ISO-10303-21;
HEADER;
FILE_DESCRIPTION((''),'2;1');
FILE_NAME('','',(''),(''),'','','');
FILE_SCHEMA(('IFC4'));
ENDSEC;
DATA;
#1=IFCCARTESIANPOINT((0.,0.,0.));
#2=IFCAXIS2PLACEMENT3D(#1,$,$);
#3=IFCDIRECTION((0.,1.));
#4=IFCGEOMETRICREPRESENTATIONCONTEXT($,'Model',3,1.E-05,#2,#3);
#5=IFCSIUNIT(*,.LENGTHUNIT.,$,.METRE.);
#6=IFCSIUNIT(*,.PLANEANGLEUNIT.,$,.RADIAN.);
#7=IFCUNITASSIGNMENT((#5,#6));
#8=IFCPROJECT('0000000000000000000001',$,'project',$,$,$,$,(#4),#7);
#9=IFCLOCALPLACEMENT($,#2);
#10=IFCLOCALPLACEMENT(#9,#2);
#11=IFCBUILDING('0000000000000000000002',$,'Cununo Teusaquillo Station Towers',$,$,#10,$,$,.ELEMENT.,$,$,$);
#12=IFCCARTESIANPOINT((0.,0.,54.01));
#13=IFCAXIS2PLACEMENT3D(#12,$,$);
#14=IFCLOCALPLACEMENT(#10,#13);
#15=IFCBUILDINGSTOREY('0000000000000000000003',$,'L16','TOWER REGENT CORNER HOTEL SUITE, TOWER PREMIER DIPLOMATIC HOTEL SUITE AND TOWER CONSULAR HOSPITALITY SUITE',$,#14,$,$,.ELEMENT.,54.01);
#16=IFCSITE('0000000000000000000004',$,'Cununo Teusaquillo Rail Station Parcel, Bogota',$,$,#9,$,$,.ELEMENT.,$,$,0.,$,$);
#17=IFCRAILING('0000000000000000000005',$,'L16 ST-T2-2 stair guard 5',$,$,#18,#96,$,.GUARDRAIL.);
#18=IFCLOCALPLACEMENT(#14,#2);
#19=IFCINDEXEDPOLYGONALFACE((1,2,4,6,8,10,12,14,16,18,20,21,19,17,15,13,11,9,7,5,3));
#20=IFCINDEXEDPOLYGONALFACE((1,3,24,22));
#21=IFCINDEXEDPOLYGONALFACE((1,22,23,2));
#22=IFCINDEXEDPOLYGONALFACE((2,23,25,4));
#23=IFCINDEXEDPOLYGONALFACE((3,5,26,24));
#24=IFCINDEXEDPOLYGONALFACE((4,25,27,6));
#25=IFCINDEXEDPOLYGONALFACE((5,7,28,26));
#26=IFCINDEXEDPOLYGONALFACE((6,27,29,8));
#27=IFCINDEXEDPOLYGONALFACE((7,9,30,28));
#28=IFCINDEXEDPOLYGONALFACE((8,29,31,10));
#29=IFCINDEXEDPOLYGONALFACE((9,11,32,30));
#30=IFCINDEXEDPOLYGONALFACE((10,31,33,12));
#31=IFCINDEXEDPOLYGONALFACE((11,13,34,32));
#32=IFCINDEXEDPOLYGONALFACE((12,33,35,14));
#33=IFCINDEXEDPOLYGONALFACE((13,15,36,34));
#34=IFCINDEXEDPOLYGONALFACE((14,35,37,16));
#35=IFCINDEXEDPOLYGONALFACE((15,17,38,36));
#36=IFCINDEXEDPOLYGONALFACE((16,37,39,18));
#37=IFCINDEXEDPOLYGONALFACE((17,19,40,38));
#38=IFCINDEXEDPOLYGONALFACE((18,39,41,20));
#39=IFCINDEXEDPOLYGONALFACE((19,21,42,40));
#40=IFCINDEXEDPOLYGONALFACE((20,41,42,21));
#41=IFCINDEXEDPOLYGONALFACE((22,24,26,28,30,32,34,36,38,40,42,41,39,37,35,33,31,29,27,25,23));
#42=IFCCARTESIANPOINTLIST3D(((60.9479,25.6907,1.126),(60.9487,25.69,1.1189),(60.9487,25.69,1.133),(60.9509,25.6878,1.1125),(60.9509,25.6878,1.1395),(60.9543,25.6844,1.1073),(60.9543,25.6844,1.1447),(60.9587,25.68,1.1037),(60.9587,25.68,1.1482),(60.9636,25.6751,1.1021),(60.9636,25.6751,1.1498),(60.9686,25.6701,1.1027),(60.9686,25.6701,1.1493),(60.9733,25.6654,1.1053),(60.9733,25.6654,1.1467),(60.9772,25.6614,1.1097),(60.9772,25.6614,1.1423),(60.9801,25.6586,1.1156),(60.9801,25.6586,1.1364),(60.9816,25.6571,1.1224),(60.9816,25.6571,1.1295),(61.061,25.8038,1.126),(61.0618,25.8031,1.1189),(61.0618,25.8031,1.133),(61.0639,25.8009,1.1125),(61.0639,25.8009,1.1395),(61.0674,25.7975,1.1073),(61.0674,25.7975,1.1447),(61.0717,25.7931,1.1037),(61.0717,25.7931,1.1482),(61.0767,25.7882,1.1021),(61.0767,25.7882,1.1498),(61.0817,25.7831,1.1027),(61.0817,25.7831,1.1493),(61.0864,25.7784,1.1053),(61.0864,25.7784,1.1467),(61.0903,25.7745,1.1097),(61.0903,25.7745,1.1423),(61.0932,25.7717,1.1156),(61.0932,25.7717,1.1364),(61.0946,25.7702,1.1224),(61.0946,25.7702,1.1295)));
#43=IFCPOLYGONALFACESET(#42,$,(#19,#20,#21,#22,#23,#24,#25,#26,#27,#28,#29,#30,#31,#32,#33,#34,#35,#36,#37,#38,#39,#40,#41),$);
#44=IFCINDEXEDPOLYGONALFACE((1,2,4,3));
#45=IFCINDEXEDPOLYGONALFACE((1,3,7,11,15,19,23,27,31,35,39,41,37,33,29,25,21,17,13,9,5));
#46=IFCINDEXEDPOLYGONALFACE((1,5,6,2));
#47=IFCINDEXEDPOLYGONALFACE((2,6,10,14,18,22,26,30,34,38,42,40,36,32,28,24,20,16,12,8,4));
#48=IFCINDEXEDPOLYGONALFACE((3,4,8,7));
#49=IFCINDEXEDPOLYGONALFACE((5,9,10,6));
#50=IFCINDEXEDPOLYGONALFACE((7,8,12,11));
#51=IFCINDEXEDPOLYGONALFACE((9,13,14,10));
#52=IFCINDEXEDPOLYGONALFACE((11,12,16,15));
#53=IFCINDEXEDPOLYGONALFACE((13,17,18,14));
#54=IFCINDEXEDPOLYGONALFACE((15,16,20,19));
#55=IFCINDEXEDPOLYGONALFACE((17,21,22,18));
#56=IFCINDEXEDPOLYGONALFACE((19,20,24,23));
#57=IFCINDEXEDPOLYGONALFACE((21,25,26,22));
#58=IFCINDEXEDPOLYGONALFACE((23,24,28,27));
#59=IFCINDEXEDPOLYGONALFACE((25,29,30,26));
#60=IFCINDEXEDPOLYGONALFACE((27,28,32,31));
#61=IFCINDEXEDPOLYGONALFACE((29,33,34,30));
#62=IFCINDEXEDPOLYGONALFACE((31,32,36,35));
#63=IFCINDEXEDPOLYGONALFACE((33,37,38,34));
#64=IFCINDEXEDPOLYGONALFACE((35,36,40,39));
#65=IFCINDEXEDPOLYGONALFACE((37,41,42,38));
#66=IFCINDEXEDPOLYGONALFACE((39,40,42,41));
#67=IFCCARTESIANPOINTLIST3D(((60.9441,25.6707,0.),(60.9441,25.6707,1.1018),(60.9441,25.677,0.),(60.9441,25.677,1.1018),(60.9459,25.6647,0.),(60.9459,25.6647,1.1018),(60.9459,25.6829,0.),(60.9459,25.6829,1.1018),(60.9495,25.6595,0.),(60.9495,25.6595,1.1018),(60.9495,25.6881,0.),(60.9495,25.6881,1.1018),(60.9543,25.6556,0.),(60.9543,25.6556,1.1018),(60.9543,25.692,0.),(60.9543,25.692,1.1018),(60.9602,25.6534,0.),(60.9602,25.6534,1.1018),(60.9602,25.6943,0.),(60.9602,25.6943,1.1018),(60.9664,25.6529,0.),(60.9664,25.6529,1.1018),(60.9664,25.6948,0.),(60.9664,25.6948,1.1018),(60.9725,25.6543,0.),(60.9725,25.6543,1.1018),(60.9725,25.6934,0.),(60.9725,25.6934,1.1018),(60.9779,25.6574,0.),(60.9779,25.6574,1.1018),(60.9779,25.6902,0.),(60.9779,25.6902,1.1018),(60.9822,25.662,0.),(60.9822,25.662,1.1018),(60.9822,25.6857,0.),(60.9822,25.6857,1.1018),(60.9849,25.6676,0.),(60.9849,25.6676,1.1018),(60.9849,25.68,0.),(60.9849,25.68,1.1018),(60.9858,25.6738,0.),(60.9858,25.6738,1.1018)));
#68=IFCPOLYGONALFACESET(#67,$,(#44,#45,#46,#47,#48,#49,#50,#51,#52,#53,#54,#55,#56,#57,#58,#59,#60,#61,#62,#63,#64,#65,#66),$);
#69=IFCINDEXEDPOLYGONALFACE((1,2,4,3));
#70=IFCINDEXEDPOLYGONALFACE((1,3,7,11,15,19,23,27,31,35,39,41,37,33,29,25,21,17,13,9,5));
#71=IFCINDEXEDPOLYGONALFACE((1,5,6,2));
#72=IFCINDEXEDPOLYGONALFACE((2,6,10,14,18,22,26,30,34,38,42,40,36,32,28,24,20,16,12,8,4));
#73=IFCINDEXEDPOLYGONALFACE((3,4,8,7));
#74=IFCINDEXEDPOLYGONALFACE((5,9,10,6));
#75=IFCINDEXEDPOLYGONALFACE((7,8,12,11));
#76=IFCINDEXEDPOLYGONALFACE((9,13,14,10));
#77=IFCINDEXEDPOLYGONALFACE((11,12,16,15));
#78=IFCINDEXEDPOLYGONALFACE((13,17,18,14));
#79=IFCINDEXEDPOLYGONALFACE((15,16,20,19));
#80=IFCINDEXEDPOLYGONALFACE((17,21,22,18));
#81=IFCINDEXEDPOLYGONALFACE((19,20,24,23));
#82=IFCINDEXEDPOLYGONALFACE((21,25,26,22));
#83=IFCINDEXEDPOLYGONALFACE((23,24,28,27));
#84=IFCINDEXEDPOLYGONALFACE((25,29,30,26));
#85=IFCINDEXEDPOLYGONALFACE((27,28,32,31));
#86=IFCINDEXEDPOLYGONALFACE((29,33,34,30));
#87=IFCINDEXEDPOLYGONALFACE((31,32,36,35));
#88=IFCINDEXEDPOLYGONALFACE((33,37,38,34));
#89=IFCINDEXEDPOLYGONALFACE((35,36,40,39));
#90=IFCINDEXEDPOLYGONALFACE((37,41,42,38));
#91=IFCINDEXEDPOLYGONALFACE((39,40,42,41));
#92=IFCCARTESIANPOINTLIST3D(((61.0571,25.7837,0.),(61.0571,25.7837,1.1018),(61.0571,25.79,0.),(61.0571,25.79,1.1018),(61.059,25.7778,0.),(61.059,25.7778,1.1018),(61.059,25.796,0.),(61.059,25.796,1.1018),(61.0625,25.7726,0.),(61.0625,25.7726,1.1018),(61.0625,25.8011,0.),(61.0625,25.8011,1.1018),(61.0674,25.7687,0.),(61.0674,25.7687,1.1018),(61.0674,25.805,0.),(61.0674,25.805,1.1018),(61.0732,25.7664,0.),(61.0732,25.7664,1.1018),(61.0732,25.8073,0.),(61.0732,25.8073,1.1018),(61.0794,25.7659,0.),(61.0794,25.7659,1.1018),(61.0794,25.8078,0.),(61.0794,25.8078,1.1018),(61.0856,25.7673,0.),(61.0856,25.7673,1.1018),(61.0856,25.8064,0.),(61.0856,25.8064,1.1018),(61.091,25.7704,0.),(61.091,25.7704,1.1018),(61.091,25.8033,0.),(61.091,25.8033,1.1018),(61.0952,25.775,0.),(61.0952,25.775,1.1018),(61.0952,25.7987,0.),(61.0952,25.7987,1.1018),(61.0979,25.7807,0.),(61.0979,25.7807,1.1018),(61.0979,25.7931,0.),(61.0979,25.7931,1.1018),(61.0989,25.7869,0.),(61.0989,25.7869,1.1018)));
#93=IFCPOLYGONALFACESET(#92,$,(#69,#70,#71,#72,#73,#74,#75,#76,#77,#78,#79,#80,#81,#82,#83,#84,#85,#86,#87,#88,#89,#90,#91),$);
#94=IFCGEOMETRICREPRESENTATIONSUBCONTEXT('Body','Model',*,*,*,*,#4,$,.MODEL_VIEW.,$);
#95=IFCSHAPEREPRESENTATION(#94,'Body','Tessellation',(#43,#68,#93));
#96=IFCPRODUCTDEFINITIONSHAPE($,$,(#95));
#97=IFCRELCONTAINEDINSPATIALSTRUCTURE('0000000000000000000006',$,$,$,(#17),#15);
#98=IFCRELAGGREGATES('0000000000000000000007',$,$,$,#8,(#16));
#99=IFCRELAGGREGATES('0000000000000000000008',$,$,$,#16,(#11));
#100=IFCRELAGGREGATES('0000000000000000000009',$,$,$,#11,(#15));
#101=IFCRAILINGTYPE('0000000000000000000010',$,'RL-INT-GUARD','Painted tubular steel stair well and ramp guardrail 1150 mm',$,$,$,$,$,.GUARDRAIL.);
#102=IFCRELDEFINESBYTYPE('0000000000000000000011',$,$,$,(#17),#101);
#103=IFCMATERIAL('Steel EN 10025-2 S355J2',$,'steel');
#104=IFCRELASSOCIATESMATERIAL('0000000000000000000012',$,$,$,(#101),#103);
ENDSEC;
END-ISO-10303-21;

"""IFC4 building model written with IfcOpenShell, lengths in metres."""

from ifc_helpers import new_model, si_unit, direction, frame, origin, origin_2d, place, context, subcontext, project, spatial, circle, extrude, material, type_object, element, save


model = new_model("IFC4")

# Units and contexts
model_context = context("Model", 3, precision=1e-05, world=origin(), true_north=direction((0.0, 1.0)))
body_context = subcontext(model_context, "Body", "Model", "MODEL_VIEW")
ifc_project = project(units=[si_unit("LENGTHUNIT", "METRE"), si_unit("PLANEANGLEUNIT", "RADIAN")], contexts=[model_context])

# Site, building, storey
site_placement = place(None, origin())
site = spatial("IfcSite", under=ifc_project, at=site_placement, Name="Cununo Teusaquillo Rail Station Parcel, Bogota", CompositionType="ELEMENT", RefElevation=0.0)
building_placement = place(site_placement, origin())
building = spatial("IfcBuilding", under=site, at=building_placement, Name="Cununo Teusaquillo Station Towers", CompositionType="ELEMENT")
storey_placement = place(building_placement, frame((0.0, 0.0, 54.01)))
storey = spatial("IfcBuildingStorey", under=building, at=storey_placement, Name="L16", Description="TOWER REGENT CORNER HOTEL SUITE, TOWER PREMIER DIPLOMATIC HOTEL SUITE AND TOWER CONSULAR HOSPITALITY SUITE", CompositionType="ELEMENT", Elevation=54.01)

# Railing
ifc_material_1 = material(Name="Steel EN 10025-2 S355J2", Category="steel")
railing_type_1 = type_object("IfcRailingType", Name="RL-INT-GUARD", Description="Painted tubular steel stair well and ramp guardrail 1150 mm", PredefinedType="GUARDRAIL", material=ifc_material_1)
railing_1_placement = place(storey_placement, frame((60.9648, 25.6738, 0.0)))
element("IfcRailing", 1, at=railing_1_placement, inside=storey, type_object=railing_type_1, Name="L16 ST-T2-2 stair guard 5", PredefinedType="GUARDRAIL", context=body_context, shape_type="SweptSolid", body=[
    extrude(circle(Radius=0.0239, at=origin_2d()), frame((0.0, 0.0, 1.126), z_axis=(0.707107, 0.707107, 0.0), x_axis=(-0.707107, 0.707107, 0.0)), (0.0, 0.0, 1.0), 0.1599),
    extrude(circle(Radius=0.021, at=origin_2d()), origin(), (0.0, 0.0, 1.0), 1.1018),
    extrude(circle(Radius=0.021, at=origin_2d()), frame((0.113, 0.113, 0.0)), (0.0, 0.0, 1.0), 1.1018),
])

save(model, "model.ifc")
